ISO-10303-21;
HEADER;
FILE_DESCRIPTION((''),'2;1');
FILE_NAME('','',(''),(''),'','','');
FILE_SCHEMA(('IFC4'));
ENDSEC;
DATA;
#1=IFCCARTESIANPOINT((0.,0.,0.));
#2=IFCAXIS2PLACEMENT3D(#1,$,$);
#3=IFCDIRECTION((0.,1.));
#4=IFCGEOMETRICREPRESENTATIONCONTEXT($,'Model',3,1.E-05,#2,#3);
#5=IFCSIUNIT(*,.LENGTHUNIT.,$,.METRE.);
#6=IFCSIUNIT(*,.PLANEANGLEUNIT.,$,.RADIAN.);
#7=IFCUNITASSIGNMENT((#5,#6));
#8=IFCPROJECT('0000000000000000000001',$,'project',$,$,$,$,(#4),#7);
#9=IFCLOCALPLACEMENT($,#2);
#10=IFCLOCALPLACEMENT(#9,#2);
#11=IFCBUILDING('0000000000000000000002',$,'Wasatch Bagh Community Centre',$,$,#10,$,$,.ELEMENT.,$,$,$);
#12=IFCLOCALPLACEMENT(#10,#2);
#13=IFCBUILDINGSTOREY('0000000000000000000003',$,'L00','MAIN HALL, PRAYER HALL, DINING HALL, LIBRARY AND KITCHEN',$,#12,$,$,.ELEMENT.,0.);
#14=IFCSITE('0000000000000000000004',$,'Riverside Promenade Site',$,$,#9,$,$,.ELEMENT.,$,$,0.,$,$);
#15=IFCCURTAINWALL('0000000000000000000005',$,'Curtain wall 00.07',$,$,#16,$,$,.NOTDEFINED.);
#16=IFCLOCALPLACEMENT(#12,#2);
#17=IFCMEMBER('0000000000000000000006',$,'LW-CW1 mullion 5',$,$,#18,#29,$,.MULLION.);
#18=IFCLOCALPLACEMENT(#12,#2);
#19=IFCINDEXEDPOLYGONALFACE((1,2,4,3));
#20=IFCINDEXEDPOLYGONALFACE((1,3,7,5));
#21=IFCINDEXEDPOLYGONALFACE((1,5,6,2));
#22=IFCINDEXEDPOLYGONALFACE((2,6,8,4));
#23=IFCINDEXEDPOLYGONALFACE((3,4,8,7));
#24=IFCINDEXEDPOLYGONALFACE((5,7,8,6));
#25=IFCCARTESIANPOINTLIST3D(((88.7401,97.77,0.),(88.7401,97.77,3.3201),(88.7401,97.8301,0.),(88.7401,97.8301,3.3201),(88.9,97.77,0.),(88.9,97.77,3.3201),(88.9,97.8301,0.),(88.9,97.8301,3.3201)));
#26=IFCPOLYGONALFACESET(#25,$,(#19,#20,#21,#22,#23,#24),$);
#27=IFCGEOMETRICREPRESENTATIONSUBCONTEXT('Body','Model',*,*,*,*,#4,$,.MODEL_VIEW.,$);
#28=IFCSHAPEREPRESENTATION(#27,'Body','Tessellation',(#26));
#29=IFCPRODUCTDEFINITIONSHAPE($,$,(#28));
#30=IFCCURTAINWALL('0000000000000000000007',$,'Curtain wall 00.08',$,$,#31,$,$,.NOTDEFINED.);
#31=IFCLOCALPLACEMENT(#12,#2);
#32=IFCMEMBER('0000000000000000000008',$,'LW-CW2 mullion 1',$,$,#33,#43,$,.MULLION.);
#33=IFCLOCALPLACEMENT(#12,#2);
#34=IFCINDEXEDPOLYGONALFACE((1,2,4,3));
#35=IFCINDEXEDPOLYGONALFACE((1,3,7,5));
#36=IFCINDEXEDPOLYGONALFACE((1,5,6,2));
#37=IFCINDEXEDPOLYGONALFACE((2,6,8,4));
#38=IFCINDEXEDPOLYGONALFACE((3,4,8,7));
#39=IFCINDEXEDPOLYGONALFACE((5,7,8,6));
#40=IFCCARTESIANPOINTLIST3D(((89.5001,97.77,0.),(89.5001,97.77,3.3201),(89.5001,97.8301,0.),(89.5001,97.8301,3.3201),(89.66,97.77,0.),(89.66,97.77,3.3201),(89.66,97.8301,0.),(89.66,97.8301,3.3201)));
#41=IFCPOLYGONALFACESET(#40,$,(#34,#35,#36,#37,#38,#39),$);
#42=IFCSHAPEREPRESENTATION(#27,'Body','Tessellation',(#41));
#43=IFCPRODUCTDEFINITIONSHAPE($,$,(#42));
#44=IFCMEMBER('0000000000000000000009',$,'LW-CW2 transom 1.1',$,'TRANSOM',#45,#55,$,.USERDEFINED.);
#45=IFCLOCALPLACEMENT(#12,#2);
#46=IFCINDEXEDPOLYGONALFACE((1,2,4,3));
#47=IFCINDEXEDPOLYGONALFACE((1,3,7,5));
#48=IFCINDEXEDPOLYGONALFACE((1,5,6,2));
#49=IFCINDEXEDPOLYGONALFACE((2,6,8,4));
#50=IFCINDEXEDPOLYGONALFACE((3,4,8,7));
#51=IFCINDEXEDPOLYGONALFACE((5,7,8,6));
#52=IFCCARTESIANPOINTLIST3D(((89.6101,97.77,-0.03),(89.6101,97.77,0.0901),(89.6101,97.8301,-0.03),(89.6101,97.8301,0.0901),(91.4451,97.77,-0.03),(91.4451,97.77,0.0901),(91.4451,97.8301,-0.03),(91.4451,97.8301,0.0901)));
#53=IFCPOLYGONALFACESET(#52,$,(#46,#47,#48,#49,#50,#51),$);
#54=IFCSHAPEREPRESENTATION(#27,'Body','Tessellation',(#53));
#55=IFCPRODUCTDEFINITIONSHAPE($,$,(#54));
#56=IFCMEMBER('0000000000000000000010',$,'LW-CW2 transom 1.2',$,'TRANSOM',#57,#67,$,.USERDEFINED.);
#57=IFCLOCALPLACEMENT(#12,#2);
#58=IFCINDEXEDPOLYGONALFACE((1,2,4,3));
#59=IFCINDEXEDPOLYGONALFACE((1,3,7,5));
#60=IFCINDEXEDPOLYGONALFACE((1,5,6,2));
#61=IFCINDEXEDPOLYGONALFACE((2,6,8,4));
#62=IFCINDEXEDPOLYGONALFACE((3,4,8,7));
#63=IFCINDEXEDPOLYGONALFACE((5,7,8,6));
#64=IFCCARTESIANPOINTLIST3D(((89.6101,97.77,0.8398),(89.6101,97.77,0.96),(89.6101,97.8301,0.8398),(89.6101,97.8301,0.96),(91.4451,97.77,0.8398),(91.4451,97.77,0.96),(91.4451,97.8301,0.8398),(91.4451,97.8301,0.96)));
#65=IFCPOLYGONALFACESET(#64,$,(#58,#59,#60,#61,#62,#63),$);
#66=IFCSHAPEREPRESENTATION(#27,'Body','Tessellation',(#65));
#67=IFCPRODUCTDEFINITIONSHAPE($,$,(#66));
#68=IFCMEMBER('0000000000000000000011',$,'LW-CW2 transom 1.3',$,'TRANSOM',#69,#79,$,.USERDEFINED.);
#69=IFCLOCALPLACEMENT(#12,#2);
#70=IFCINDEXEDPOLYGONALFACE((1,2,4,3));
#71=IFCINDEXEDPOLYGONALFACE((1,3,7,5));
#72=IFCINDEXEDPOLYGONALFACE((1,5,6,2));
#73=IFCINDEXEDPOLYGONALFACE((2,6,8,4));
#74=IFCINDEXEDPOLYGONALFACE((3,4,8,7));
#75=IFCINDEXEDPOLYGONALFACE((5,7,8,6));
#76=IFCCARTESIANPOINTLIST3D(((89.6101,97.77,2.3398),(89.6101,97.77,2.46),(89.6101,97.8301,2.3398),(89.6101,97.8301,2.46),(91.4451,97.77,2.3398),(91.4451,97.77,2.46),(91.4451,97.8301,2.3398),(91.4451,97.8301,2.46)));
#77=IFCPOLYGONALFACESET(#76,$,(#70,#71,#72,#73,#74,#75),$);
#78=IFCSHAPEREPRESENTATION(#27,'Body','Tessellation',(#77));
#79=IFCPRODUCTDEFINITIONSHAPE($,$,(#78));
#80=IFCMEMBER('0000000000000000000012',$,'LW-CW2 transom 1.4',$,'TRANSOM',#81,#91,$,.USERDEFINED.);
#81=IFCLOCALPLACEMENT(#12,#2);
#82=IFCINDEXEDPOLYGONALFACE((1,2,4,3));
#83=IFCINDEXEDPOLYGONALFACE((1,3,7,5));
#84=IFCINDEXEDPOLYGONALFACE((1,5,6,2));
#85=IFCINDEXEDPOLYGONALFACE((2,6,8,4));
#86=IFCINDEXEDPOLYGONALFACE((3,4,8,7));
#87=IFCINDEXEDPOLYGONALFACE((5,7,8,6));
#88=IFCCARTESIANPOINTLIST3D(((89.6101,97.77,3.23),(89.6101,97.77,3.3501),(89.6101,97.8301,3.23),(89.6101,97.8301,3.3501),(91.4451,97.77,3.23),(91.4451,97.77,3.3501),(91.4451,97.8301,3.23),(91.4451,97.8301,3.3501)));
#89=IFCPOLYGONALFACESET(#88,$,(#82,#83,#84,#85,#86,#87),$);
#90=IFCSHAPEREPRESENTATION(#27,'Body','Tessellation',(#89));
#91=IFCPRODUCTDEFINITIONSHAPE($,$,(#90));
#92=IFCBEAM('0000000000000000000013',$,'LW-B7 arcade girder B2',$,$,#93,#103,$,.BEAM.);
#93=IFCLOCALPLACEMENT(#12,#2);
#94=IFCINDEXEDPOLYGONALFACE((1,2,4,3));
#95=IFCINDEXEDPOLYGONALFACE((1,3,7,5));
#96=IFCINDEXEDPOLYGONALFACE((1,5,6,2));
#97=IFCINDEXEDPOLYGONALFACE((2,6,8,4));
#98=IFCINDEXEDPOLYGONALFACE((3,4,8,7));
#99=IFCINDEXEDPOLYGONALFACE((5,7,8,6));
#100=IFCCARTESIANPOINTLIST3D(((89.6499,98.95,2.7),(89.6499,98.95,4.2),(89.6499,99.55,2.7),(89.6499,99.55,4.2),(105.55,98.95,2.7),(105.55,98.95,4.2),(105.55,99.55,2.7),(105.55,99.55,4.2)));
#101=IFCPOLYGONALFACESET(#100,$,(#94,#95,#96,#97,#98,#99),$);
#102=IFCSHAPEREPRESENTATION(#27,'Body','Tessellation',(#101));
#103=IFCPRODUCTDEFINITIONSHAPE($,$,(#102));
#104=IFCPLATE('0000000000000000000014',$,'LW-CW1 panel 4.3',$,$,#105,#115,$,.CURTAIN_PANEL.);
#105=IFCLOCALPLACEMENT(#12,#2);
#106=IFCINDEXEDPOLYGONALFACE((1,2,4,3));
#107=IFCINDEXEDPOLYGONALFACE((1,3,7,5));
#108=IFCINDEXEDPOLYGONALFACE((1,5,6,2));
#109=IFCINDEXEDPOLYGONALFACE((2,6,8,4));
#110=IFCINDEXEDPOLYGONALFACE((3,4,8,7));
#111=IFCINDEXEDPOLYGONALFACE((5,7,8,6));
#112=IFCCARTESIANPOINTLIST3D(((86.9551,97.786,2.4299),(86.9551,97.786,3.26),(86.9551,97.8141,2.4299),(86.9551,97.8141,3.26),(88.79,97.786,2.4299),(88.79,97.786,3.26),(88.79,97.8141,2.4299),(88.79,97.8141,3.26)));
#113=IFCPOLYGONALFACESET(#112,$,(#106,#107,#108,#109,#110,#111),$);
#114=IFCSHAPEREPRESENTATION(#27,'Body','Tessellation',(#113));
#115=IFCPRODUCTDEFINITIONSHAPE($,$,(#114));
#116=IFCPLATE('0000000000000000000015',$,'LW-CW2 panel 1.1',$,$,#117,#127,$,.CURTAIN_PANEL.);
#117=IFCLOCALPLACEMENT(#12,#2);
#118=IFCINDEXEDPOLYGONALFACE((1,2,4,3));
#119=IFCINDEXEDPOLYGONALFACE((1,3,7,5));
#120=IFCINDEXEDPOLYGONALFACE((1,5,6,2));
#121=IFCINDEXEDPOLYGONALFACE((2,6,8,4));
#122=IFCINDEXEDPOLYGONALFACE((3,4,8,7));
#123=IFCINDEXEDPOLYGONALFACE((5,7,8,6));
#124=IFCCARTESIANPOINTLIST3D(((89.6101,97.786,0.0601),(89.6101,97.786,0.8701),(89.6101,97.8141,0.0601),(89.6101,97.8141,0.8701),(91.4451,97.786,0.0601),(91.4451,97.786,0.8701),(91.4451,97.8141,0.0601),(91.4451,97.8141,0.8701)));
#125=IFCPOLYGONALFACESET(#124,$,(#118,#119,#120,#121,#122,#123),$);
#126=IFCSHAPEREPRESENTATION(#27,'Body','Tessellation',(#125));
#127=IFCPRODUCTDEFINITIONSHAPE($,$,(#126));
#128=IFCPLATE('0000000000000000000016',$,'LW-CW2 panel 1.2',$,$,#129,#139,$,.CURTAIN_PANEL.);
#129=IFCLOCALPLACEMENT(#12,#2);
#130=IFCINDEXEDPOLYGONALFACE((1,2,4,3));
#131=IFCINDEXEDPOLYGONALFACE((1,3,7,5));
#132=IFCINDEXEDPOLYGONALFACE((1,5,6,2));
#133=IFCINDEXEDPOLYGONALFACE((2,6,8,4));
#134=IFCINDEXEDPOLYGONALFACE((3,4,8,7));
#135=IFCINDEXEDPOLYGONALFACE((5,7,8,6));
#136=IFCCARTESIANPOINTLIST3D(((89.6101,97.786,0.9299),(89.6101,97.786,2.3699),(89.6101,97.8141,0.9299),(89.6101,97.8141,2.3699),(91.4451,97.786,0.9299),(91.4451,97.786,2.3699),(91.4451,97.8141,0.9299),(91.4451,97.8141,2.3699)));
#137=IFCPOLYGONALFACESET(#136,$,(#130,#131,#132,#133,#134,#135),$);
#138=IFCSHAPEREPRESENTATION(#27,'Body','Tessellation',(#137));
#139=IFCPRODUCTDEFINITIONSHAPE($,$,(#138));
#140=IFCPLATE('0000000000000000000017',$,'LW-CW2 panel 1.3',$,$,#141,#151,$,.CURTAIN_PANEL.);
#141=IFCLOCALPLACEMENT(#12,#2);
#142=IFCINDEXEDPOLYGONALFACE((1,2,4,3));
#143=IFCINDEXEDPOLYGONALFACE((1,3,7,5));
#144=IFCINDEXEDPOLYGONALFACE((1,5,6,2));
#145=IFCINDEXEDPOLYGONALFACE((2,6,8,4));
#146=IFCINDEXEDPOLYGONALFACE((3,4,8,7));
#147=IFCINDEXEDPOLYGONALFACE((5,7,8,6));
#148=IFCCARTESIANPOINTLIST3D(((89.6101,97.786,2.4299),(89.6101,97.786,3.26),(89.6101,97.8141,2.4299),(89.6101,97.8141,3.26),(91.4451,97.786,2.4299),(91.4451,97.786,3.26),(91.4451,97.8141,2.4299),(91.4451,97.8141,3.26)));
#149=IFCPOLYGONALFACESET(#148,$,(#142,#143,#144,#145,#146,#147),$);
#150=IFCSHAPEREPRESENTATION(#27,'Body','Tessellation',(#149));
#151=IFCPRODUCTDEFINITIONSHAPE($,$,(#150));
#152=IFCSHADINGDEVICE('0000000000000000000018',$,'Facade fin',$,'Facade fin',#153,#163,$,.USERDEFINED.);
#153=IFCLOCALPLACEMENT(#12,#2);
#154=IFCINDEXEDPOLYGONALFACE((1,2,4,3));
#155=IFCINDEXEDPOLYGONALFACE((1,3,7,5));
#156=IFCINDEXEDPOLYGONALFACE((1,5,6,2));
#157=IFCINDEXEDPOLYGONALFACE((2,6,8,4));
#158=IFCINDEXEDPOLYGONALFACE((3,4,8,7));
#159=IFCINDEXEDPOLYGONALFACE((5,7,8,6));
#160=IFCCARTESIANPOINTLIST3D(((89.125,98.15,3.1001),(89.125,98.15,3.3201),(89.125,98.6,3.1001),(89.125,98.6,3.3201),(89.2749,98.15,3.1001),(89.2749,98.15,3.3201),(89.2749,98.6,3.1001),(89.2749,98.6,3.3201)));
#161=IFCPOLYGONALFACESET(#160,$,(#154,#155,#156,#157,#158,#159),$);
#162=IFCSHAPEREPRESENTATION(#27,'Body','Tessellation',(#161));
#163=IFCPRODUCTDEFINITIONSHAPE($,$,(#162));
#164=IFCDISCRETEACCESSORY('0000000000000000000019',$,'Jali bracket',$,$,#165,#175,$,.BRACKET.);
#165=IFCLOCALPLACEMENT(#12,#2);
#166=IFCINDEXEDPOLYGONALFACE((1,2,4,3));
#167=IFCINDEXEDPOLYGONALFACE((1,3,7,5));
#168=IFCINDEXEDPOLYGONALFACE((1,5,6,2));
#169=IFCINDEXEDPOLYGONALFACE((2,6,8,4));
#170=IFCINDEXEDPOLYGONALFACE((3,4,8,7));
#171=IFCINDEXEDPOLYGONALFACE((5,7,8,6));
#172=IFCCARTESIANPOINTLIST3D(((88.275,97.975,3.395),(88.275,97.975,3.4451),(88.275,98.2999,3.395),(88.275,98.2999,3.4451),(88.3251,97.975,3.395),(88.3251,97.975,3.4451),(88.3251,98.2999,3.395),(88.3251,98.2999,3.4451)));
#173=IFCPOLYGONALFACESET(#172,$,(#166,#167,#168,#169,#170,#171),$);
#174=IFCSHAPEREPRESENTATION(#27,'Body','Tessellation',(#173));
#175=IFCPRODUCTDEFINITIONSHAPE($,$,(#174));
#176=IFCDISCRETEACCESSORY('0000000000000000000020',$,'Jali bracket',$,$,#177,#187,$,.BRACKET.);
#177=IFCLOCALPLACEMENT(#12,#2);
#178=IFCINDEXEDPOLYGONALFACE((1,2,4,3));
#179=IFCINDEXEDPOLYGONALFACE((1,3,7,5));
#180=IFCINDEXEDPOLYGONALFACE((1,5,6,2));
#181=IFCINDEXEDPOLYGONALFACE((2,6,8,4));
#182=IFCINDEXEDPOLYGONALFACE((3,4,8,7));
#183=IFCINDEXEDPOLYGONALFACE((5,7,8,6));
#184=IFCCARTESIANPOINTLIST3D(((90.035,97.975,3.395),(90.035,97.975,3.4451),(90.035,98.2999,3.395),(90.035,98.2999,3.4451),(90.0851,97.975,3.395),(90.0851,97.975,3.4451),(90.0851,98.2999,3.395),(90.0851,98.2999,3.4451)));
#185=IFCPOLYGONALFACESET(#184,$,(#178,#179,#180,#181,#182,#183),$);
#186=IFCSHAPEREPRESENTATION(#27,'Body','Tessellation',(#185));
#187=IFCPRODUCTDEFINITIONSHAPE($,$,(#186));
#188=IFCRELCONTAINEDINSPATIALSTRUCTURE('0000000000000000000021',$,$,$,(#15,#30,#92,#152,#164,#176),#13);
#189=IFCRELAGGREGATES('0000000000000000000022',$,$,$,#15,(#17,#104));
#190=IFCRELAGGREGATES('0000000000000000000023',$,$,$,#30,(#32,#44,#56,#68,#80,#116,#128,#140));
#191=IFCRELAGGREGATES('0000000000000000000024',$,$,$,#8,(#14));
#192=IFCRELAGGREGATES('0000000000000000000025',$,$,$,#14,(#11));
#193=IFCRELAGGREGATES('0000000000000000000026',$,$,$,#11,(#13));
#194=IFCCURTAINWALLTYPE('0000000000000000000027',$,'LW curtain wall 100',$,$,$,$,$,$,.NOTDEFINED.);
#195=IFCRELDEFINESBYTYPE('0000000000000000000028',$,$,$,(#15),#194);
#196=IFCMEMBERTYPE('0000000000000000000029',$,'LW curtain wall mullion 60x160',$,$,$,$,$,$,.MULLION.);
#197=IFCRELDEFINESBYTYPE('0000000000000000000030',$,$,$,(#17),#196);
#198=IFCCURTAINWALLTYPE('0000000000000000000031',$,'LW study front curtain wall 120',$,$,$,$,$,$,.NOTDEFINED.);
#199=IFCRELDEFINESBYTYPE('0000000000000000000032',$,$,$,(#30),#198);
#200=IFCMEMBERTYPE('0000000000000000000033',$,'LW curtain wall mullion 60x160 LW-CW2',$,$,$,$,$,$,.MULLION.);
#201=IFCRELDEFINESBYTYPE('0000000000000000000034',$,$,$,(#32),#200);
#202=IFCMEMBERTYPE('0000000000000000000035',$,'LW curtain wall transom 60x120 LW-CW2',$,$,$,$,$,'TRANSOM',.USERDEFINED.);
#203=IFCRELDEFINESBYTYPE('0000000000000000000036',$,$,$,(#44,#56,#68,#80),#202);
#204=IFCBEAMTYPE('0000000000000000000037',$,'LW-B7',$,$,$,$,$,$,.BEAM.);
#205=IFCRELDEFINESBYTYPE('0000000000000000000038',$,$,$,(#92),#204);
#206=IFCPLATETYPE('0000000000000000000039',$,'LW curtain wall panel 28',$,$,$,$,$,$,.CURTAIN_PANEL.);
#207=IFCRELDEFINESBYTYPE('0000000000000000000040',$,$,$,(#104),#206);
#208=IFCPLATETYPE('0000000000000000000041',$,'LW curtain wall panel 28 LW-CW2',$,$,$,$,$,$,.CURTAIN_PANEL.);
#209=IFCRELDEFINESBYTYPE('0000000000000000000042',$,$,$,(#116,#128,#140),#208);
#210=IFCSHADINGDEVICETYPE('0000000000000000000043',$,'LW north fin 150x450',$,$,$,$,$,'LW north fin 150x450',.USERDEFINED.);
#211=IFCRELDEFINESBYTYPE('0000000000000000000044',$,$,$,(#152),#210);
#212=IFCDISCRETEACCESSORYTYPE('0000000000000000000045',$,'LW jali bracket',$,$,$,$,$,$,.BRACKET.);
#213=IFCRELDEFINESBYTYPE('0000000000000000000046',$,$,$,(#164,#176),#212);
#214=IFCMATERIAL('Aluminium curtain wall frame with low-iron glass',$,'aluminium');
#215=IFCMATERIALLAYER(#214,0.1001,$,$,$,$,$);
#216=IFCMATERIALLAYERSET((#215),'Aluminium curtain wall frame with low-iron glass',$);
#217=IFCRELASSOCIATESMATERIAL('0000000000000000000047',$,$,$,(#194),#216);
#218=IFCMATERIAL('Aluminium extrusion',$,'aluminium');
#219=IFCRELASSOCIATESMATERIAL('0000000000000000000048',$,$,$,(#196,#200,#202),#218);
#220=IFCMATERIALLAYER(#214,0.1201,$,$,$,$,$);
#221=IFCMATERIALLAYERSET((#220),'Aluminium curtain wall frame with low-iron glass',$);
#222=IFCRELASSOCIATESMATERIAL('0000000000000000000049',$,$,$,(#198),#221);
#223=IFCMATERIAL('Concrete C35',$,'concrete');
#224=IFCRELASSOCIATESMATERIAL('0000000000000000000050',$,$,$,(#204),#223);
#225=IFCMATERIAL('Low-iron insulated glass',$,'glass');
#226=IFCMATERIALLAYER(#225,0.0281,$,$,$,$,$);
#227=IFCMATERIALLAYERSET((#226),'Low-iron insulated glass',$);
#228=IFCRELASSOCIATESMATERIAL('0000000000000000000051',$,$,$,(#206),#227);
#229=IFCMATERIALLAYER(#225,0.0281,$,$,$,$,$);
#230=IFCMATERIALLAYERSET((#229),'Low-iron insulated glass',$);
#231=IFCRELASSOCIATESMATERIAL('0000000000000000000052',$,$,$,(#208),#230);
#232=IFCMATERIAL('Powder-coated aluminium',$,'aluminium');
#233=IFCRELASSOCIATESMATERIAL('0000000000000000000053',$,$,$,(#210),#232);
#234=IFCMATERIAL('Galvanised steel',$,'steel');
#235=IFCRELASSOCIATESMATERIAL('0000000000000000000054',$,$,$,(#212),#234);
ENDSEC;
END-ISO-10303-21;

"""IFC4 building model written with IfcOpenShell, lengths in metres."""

from ifc_helpers import new_model, si_unit, direction, frame, origin, origin_2d, place, context, subcontext, project, spatial, rectangle, extrude, material, layer, layer_set, material_profile, profile_set, type_object, element, aggregate, save


model = new_model("IFC4")

# Units and contexts
model_context = context("Model", 3, precision=1e-05, world=origin(), true_north=direction((0.0, 1.0)))
body_context = subcontext(model_context, "Body", "Model", "MODEL_VIEW")
ifc_project = project(units=[si_unit("LENGTHUNIT", "METRE"), si_unit("PLANEANGLEUNIT", "RADIAN")], contexts=[model_context])

# Site, building, storey
site_placement = place(None, origin())
site = spatial("IfcSite", under=ifc_project, at=site_placement, Name="Riverside Promenade Site", CompositionType="ELEMENT", RefElevation=0.0)
building_placement = place(site_placement, origin())
building = spatial("IfcBuilding", under=site, at=building_placement, Name="Wasatch Bagh Community Centre", CompositionType="ELEMENT")
storey_placement = place(building_placement, origin())
storey = spatial("IfcBuildingStorey", under=building, at=storey_placement, Name="L00", Description="MAIN HALL, PRAYER HALL, DINING HALL, LIBRARY AND KITCHEN", CompositionType="ELEMENT", Elevation=0.0)

# Shared definitions
ifc_material_1 = material(Name="Concrete C35", Category="concrete")

# Curtain wall, member
ifc_material_2 = material(Name="Aluminium curtain wall frame with low-iron glass", Category="aluminium")
ifc_layer_1 = layer(ifc_material_2, 0.1001)
ifc_layer_set_1 = layer_set([ifc_layer_1], Name="Aluminium curtain wall frame with low-iron glass")
curtain_wall_type_1 = type_object("IfcCurtainWallType", Name="LW curtain wall 100", PredefinedType="NOTDEFINED", material=ifc_layer_set_1)
curtain_wall_1_placement = place(storey_placement, origin())
curtain_wall_1 = element("IfcCurtainWall", 1, at=curtain_wall_1_placement, inside=storey, type_object=curtain_wall_type_1, Name="Curtain wall 00.07", PredefinedType="NOTDEFINED")
ifc_material_3 = material(Name="Aluminium extrusion", Category="aluminium")
ifc_material_profile_1 = material_profile(ifc_material_3, rectangle(XDim=0.0601, YDim=0.1599, at=origin_2d()), Name="AL 60x160")
ifc_profile_set_1 = profile_set([ifc_material_profile_1], Name="Aluminium extrusion")
member_type_1 = type_object("IfcMemberType", Name="LW curtain wall mullion 60x160", PredefinedType="MULLION", material=ifc_profile_set_1)
member_1_placement = place(storey_placement, frame((88.8201, 97.8, 0.0), z_axis=(0.0, 0.0, 1.0), x_axis=(0.0, 1.0, 0.0)))
member_1 = element("IfcMember", 2, at=member_1_placement, type_object=member_type_1, Name="LW-CW1 mullion 5", PredefinedType="MULLION", context=body_context, shape_type="SweptSolid", body=[
    extrude(rectangle(XDim=0.0601, YDim=0.1599, at=origin_2d()), origin(), (0.0, 0.0, 1.0), 3.3201),
])

# Curtain wall, members
ifc_layer_2 = layer(ifc_material_2, 0.1201)
ifc_layer_set_2 = layer_set([ifc_layer_2], Name="Aluminium curtain wall frame with low-iron glass")
curtain_wall_type_2 = type_object("IfcCurtainWallType", Name="LW study front curtain wall 120", PredefinedType="NOTDEFINED", material=ifc_layer_set_2)
curtain_wall_2_placement = place(storey_placement, origin())
curtain_wall_2 = element("IfcCurtainWall", 3, at=curtain_wall_2_placement, inside=storey, type_object=curtain_wall_type_2, Name="Curtain wall 00.08", PredefinedType="NOTDEFINED")
ifc_material_profile_2 = material_profile(ifc_material_3, rectangle(XDim=0.0601, YDim=0.1599, at=origin_2d()), Name="AL 60x160")
ifc_profile_set_2 = profile_set([ifc_material_profile_2], Name="Aluminium extrusion")
member_type_2 = type_object("IfcMemberType", Name="LW curtain wall mullion 60x160 LW-CW2", PredefinedType="MULLION", material=ifc_profile_set_2)
member_2_placement = place(storey_placement, frame((89.5801, 97.8, 0.0), z_axis=(0.0, 0.0, 1.0), x_axis=(0.0, 1.0, 0.0)))
member_2 = element("IfcMember", 4, at=member_2_placement, type_object=member_type_2, Name="LW-CW2 mullion 1", PredefinedType="MULLION", context=body_context, shape_type="SweptSolid", body=[
    extrude(rectangle(XDim=0.0601, YDim=0.1599, at=origin_2d()), origin(), (0.0, 0.0, 1.0), 3.3201),
])
ifc_material_profile_3 = material_profile(ifc_material_3, rectangle(XDim=0.0601, YDim=0.1201, at=origin_2d()), Name="AL 60x120")
ifc_profile_set_3 = profile_set([ifc_material_profile_3], Name="Aluminium extrusion")
member_type_3 = type_object("IfcMemberType", Name="LW curtain wall transom 60x120 LW-CW2", ElementType="TRANSOM", PredefinedType="USERDEFINED", material=ifc_profile_set_3)
member_3_placement = place(storey_placement, frame((89.6101, 97.8, 0.03), z_axis=(1.0, 0.0, 0.0), x_axis=(0.0, 1.0, 0.0)))
member_3 = element("IfcMember", 5, at=member_3_placement, type_object=member_type_3, Name="LW-CW2 transom 1.1", ObjectType="TRANSOM", PredefinedType="USERDEFINED", context=body_context, shape_type="SweptSolid", body=[
    extrude(rectangle(XDim=0.0601, YDim=0.1201, at=origin_2d()), origin(), (0.0, 0.0, 1.0), 1.835),
])
member_4_placement = place(storey_placement, frame((89.6101, 97.8, 0.8999), z_axis=(1.0, 0.0, 0.0), x_axis=(0.0, 1.0, 0.0)))
member_4 = element("IfcMember", 6, at=member_4_placement, type_object=member_type_3, Name="LW-CW2 transom 1.2", ObjectType="TRANSOM", PredefinedType="USERDEFINED", context=body_context, shape_type="SweptSolid", body=[
    extrude(rectangle(XDim=0.0601, YDim=0.1201, at=origin_2d()), origin(), (0.0, 0.0, 1.0), 1.835),
])
member_5_placement = place(storey_placement, frame((89.6101, 97.8, 2.3999), z_axis=(1.0, 0.0, 0.0), x_axis=(0.0, 1.0, 0.0)))
member_5 = element("IfcMember", 7, at=member_5_placement, type_object=member_type_3, Name="LW-CW2 transom 1.3", ObjectType="TRANSOM", PredefinedType="USERDEFINED", context=body_context, shape_type="SweptSolid", body=[
    extrude(rectangle(XDim=0.0601, YDim=0.1201, at=origin_2d()), origin(), (0.0, 0.0, 1.0), 1.835),
])
member_6_placement = place(storey_placement, frame((89.6101, 97.8, 3.29), z_axis=(1.0, 0.0, 0.0), x_axis=(0.0, 1.0, 0.0)))
member_6 = element("IfcMember", 8, at=member_6_placement, type_object=member_type_3, Name="LW-CW2 transom 1.4", ObjectType="TRANSOM", PredefinedType="USERDEFINED", context=body_context, shape_type="SweptSolid", body=[
    extrude(rectangle(XDim=0.0601, YDim=0.1201, at=origin_2d()), origin(), (0.0, 0.0, 1.0), 1.835),
])

# Beam
ifc_material_profile_4 = material_profile(ifc_material_1, rectangle(XDim=0.6001, YDim=1.5, at=origin_2d()), Name="RC 600x1500")
ifc_profile_set_4 = profile_set([ifc_material_profile_4], Name="Concrete C35")
beam_type_1 = type_object("IfcBeamType", Name="LW-B7", PredefinedType="BEAM", material=ifc_profile_set_4)
beam_1_placement = place(storey_placement, frame((89.6499, 99.25, 3.45), z_axis=(1.0, 0.0, 0.0), x_axis=(0.0, 1.0, 0.0)))
element("IfcBeam", 9, at=beam_1_placement, inside=storey, type_object=beam_type_1, Name="LW-B7 arcade girder B2", PredefinedType="BEAM", context=body_context, shape_type="SweptSolid", body=[
    extrude(rectangle(XDim=0.6001, YDim=1.5, at=origin_2d()), origin(), (0.0, 0.0, 1.0), 15.9001),
])

# Plates
ifc_material_4 = material(Name="Low-iron insulated glass", Category="glass")
ifc_layer_3 = layer(ifc_material_4, 0.0281)
ifc_layer_set_3 = layer_set([ifc_layer_3], Name="Low-iron insulated glass")
plate_type_1 = type_object("IfcPlateType", Name="LW curtain wall panel 28", PredefinedType="CURTAIN_PANEL", material=ifc_layer_set_3)
plate_1_placement = place(storey_placement, frame((87.8726, 97.8, 2.4299), z_axis=(0.0, 0.0, 1.0), x_axis=(1.0, 0.0, 0.0)))
plate_1 = element("IfcPlate", 10, at=plate_1_placement, type_object=plate_type_1, Name="LW-CW1 panel 4.3", PredefinedType="CURTAIN_PANEL", context=body_context, shape_type="SweptSolid", body=[
    extrude(rectangle(XDim=1.835, YDim=0.0281, at=origin_2d()), origin(), (0.0, 0.0, 1.0), 0.8301),
])
aggregate(curtain_wall_1, [member_1, plate_1])
ifc_layer_4 = layer(ifc_material_4, 0.0281)
ifc_layer_set_4 = layer_set([ifc_layer_4], Name="Low-iron insulated glass")
plate_type_2 = type_object("IfcPlateType", Name="LW curtain wall panel 28 LW-CW2", PredefinedType="CURTAIN_PANEL", material=ifc_layer_set_4)
plate_2_placement = place(storey_placement, frame((90.5276, 97.8, 0.0601), z_axis=(0.0, 0.0, 1.0), x_axis=(1.0, 0.0, 0.0)))
plate_2 = element("IfcPlate", 11, at=plate_2_placement, type_object=plate_type_2, Name="LW-CW2 panel 1.1", PredefinedType="CURTAIN_PANEL", context=body_context, shape_type="SweptSolid", body=[
    extrude(rectangle(XDim=1.835, YDim=0.0281, at=origin_2d()), origin(), (0.0, 0.0, 1.0), 0.8101),
])
plate_3_placement = place(storey_placement, frame((90.5276, 97.8, 0.9299), z_axis=(0.0, 0.0, 1.0), x_axis=(1.0, 0.0, 0.0)))
plate_3 = element("IfcPlate", 12, at=plate_3_placement, type_object=plate_type_2, Name="LW-CW2 panel 1.2", PredefinedType="CURTAIN_PANEL", context=body_context, shape_type="SweptSolid", body=[
    extrude(rectangle(XDim=1.835, YDim=0.0281, at=origin_2d()), origin(), (0.0, 0.0, 1.0), 1.4399),
])
plate_4_placement = place(storey_placement, frame((90.5276, 97.8, 2.4299), z_axis=(0.0, 0.0, 1.0), x_axis=(1.0, 0.0, 0.0)))
plate_4 = element("IfcPlate", 13, at=plate_4_placement, type_object=plate_type_2, Name="LW-CW2 panel 1.3", PredefinedType="CURTAIN_PANEL", context=body_context, shape_type="SweptSolid", body=[
    extrude(rectangle(XDim=1.835, YDim=0.0281, at=origin_2d()), origin(), (0.0, 0.0, 1.0), 0.8301),
])
aggregate(curtain_wall_2, [member_2, member_3, member_4, member_5, member_6, plate_2, plate_3, plate_4])

# Shading device
ifc_material_5 = material(Name="Powder-coated aluminium", Category="aluminium")
shading_device_type = type_object("IfcShadingDeviceType", Name="LW north fin 150x450", ElementType="LW north fin 150x450", PredefinedType="USERDEFINED", material=ifc_material_5)
shading_device_placement = place(storey_placement, frame((89.2, 98.375, 3.1001), z_axis=(0.0, 0.0, 1.0), x_axis=(1.0, 0.0, 0.0)))
element("IfcShadingDevice", 14, at=shading_device_placement, inside=storey, type_object=shading_device_type, Name="Facade fin", ObjectType="Facade fin", PredefinedType="USERDEFINED", context=body_context, shape_type="SweptSolid", body=[
    extrude(rectangle(XDim=0.1499, YDim=0.45, at=origin_2d()), origin(), (0.0, 0.0, 1.0), 0.22),
])

# Discrete accessories
ifc_material_6 = material(Name="Galvanised steel", Category="steel")
discrete_accessory_type = type_object("IfcDiscreteAccessoryType", Name="LW jali bracket", PredefinedType="BRACKET", material=ifc_material_6)
for number, where, z_axis, x_axis, name in (
    (15, (88.3, 98.1375, 3.395), (0.0, 0.0, 1.0), (1.0, 0.0, 0.0), "Jali bracket"),
    (16, (90.0601, 98.1375, 3.395), (0.0, 0.0, 1.0), (1.0, 0.0, 0.0), "Jali bracket"),
):
    element("IfcDiscreteAccessory", number, at=place(storey_placement, frame(where, z_axis=z_axis, x_axis=x_axis)), inside=storey, type_object=discrete_accessory_type, Name=name, PredefinedType="BRACKET", context=body_context, shape_type="SweptSolid", body=[
        extrude(rectangle(XDim=0.05, YDim=0.325, at=origin_2d()), origin(), (0.0, 0.0, 1.0), 0.05),
    ])

save(model, "model.ifc")
